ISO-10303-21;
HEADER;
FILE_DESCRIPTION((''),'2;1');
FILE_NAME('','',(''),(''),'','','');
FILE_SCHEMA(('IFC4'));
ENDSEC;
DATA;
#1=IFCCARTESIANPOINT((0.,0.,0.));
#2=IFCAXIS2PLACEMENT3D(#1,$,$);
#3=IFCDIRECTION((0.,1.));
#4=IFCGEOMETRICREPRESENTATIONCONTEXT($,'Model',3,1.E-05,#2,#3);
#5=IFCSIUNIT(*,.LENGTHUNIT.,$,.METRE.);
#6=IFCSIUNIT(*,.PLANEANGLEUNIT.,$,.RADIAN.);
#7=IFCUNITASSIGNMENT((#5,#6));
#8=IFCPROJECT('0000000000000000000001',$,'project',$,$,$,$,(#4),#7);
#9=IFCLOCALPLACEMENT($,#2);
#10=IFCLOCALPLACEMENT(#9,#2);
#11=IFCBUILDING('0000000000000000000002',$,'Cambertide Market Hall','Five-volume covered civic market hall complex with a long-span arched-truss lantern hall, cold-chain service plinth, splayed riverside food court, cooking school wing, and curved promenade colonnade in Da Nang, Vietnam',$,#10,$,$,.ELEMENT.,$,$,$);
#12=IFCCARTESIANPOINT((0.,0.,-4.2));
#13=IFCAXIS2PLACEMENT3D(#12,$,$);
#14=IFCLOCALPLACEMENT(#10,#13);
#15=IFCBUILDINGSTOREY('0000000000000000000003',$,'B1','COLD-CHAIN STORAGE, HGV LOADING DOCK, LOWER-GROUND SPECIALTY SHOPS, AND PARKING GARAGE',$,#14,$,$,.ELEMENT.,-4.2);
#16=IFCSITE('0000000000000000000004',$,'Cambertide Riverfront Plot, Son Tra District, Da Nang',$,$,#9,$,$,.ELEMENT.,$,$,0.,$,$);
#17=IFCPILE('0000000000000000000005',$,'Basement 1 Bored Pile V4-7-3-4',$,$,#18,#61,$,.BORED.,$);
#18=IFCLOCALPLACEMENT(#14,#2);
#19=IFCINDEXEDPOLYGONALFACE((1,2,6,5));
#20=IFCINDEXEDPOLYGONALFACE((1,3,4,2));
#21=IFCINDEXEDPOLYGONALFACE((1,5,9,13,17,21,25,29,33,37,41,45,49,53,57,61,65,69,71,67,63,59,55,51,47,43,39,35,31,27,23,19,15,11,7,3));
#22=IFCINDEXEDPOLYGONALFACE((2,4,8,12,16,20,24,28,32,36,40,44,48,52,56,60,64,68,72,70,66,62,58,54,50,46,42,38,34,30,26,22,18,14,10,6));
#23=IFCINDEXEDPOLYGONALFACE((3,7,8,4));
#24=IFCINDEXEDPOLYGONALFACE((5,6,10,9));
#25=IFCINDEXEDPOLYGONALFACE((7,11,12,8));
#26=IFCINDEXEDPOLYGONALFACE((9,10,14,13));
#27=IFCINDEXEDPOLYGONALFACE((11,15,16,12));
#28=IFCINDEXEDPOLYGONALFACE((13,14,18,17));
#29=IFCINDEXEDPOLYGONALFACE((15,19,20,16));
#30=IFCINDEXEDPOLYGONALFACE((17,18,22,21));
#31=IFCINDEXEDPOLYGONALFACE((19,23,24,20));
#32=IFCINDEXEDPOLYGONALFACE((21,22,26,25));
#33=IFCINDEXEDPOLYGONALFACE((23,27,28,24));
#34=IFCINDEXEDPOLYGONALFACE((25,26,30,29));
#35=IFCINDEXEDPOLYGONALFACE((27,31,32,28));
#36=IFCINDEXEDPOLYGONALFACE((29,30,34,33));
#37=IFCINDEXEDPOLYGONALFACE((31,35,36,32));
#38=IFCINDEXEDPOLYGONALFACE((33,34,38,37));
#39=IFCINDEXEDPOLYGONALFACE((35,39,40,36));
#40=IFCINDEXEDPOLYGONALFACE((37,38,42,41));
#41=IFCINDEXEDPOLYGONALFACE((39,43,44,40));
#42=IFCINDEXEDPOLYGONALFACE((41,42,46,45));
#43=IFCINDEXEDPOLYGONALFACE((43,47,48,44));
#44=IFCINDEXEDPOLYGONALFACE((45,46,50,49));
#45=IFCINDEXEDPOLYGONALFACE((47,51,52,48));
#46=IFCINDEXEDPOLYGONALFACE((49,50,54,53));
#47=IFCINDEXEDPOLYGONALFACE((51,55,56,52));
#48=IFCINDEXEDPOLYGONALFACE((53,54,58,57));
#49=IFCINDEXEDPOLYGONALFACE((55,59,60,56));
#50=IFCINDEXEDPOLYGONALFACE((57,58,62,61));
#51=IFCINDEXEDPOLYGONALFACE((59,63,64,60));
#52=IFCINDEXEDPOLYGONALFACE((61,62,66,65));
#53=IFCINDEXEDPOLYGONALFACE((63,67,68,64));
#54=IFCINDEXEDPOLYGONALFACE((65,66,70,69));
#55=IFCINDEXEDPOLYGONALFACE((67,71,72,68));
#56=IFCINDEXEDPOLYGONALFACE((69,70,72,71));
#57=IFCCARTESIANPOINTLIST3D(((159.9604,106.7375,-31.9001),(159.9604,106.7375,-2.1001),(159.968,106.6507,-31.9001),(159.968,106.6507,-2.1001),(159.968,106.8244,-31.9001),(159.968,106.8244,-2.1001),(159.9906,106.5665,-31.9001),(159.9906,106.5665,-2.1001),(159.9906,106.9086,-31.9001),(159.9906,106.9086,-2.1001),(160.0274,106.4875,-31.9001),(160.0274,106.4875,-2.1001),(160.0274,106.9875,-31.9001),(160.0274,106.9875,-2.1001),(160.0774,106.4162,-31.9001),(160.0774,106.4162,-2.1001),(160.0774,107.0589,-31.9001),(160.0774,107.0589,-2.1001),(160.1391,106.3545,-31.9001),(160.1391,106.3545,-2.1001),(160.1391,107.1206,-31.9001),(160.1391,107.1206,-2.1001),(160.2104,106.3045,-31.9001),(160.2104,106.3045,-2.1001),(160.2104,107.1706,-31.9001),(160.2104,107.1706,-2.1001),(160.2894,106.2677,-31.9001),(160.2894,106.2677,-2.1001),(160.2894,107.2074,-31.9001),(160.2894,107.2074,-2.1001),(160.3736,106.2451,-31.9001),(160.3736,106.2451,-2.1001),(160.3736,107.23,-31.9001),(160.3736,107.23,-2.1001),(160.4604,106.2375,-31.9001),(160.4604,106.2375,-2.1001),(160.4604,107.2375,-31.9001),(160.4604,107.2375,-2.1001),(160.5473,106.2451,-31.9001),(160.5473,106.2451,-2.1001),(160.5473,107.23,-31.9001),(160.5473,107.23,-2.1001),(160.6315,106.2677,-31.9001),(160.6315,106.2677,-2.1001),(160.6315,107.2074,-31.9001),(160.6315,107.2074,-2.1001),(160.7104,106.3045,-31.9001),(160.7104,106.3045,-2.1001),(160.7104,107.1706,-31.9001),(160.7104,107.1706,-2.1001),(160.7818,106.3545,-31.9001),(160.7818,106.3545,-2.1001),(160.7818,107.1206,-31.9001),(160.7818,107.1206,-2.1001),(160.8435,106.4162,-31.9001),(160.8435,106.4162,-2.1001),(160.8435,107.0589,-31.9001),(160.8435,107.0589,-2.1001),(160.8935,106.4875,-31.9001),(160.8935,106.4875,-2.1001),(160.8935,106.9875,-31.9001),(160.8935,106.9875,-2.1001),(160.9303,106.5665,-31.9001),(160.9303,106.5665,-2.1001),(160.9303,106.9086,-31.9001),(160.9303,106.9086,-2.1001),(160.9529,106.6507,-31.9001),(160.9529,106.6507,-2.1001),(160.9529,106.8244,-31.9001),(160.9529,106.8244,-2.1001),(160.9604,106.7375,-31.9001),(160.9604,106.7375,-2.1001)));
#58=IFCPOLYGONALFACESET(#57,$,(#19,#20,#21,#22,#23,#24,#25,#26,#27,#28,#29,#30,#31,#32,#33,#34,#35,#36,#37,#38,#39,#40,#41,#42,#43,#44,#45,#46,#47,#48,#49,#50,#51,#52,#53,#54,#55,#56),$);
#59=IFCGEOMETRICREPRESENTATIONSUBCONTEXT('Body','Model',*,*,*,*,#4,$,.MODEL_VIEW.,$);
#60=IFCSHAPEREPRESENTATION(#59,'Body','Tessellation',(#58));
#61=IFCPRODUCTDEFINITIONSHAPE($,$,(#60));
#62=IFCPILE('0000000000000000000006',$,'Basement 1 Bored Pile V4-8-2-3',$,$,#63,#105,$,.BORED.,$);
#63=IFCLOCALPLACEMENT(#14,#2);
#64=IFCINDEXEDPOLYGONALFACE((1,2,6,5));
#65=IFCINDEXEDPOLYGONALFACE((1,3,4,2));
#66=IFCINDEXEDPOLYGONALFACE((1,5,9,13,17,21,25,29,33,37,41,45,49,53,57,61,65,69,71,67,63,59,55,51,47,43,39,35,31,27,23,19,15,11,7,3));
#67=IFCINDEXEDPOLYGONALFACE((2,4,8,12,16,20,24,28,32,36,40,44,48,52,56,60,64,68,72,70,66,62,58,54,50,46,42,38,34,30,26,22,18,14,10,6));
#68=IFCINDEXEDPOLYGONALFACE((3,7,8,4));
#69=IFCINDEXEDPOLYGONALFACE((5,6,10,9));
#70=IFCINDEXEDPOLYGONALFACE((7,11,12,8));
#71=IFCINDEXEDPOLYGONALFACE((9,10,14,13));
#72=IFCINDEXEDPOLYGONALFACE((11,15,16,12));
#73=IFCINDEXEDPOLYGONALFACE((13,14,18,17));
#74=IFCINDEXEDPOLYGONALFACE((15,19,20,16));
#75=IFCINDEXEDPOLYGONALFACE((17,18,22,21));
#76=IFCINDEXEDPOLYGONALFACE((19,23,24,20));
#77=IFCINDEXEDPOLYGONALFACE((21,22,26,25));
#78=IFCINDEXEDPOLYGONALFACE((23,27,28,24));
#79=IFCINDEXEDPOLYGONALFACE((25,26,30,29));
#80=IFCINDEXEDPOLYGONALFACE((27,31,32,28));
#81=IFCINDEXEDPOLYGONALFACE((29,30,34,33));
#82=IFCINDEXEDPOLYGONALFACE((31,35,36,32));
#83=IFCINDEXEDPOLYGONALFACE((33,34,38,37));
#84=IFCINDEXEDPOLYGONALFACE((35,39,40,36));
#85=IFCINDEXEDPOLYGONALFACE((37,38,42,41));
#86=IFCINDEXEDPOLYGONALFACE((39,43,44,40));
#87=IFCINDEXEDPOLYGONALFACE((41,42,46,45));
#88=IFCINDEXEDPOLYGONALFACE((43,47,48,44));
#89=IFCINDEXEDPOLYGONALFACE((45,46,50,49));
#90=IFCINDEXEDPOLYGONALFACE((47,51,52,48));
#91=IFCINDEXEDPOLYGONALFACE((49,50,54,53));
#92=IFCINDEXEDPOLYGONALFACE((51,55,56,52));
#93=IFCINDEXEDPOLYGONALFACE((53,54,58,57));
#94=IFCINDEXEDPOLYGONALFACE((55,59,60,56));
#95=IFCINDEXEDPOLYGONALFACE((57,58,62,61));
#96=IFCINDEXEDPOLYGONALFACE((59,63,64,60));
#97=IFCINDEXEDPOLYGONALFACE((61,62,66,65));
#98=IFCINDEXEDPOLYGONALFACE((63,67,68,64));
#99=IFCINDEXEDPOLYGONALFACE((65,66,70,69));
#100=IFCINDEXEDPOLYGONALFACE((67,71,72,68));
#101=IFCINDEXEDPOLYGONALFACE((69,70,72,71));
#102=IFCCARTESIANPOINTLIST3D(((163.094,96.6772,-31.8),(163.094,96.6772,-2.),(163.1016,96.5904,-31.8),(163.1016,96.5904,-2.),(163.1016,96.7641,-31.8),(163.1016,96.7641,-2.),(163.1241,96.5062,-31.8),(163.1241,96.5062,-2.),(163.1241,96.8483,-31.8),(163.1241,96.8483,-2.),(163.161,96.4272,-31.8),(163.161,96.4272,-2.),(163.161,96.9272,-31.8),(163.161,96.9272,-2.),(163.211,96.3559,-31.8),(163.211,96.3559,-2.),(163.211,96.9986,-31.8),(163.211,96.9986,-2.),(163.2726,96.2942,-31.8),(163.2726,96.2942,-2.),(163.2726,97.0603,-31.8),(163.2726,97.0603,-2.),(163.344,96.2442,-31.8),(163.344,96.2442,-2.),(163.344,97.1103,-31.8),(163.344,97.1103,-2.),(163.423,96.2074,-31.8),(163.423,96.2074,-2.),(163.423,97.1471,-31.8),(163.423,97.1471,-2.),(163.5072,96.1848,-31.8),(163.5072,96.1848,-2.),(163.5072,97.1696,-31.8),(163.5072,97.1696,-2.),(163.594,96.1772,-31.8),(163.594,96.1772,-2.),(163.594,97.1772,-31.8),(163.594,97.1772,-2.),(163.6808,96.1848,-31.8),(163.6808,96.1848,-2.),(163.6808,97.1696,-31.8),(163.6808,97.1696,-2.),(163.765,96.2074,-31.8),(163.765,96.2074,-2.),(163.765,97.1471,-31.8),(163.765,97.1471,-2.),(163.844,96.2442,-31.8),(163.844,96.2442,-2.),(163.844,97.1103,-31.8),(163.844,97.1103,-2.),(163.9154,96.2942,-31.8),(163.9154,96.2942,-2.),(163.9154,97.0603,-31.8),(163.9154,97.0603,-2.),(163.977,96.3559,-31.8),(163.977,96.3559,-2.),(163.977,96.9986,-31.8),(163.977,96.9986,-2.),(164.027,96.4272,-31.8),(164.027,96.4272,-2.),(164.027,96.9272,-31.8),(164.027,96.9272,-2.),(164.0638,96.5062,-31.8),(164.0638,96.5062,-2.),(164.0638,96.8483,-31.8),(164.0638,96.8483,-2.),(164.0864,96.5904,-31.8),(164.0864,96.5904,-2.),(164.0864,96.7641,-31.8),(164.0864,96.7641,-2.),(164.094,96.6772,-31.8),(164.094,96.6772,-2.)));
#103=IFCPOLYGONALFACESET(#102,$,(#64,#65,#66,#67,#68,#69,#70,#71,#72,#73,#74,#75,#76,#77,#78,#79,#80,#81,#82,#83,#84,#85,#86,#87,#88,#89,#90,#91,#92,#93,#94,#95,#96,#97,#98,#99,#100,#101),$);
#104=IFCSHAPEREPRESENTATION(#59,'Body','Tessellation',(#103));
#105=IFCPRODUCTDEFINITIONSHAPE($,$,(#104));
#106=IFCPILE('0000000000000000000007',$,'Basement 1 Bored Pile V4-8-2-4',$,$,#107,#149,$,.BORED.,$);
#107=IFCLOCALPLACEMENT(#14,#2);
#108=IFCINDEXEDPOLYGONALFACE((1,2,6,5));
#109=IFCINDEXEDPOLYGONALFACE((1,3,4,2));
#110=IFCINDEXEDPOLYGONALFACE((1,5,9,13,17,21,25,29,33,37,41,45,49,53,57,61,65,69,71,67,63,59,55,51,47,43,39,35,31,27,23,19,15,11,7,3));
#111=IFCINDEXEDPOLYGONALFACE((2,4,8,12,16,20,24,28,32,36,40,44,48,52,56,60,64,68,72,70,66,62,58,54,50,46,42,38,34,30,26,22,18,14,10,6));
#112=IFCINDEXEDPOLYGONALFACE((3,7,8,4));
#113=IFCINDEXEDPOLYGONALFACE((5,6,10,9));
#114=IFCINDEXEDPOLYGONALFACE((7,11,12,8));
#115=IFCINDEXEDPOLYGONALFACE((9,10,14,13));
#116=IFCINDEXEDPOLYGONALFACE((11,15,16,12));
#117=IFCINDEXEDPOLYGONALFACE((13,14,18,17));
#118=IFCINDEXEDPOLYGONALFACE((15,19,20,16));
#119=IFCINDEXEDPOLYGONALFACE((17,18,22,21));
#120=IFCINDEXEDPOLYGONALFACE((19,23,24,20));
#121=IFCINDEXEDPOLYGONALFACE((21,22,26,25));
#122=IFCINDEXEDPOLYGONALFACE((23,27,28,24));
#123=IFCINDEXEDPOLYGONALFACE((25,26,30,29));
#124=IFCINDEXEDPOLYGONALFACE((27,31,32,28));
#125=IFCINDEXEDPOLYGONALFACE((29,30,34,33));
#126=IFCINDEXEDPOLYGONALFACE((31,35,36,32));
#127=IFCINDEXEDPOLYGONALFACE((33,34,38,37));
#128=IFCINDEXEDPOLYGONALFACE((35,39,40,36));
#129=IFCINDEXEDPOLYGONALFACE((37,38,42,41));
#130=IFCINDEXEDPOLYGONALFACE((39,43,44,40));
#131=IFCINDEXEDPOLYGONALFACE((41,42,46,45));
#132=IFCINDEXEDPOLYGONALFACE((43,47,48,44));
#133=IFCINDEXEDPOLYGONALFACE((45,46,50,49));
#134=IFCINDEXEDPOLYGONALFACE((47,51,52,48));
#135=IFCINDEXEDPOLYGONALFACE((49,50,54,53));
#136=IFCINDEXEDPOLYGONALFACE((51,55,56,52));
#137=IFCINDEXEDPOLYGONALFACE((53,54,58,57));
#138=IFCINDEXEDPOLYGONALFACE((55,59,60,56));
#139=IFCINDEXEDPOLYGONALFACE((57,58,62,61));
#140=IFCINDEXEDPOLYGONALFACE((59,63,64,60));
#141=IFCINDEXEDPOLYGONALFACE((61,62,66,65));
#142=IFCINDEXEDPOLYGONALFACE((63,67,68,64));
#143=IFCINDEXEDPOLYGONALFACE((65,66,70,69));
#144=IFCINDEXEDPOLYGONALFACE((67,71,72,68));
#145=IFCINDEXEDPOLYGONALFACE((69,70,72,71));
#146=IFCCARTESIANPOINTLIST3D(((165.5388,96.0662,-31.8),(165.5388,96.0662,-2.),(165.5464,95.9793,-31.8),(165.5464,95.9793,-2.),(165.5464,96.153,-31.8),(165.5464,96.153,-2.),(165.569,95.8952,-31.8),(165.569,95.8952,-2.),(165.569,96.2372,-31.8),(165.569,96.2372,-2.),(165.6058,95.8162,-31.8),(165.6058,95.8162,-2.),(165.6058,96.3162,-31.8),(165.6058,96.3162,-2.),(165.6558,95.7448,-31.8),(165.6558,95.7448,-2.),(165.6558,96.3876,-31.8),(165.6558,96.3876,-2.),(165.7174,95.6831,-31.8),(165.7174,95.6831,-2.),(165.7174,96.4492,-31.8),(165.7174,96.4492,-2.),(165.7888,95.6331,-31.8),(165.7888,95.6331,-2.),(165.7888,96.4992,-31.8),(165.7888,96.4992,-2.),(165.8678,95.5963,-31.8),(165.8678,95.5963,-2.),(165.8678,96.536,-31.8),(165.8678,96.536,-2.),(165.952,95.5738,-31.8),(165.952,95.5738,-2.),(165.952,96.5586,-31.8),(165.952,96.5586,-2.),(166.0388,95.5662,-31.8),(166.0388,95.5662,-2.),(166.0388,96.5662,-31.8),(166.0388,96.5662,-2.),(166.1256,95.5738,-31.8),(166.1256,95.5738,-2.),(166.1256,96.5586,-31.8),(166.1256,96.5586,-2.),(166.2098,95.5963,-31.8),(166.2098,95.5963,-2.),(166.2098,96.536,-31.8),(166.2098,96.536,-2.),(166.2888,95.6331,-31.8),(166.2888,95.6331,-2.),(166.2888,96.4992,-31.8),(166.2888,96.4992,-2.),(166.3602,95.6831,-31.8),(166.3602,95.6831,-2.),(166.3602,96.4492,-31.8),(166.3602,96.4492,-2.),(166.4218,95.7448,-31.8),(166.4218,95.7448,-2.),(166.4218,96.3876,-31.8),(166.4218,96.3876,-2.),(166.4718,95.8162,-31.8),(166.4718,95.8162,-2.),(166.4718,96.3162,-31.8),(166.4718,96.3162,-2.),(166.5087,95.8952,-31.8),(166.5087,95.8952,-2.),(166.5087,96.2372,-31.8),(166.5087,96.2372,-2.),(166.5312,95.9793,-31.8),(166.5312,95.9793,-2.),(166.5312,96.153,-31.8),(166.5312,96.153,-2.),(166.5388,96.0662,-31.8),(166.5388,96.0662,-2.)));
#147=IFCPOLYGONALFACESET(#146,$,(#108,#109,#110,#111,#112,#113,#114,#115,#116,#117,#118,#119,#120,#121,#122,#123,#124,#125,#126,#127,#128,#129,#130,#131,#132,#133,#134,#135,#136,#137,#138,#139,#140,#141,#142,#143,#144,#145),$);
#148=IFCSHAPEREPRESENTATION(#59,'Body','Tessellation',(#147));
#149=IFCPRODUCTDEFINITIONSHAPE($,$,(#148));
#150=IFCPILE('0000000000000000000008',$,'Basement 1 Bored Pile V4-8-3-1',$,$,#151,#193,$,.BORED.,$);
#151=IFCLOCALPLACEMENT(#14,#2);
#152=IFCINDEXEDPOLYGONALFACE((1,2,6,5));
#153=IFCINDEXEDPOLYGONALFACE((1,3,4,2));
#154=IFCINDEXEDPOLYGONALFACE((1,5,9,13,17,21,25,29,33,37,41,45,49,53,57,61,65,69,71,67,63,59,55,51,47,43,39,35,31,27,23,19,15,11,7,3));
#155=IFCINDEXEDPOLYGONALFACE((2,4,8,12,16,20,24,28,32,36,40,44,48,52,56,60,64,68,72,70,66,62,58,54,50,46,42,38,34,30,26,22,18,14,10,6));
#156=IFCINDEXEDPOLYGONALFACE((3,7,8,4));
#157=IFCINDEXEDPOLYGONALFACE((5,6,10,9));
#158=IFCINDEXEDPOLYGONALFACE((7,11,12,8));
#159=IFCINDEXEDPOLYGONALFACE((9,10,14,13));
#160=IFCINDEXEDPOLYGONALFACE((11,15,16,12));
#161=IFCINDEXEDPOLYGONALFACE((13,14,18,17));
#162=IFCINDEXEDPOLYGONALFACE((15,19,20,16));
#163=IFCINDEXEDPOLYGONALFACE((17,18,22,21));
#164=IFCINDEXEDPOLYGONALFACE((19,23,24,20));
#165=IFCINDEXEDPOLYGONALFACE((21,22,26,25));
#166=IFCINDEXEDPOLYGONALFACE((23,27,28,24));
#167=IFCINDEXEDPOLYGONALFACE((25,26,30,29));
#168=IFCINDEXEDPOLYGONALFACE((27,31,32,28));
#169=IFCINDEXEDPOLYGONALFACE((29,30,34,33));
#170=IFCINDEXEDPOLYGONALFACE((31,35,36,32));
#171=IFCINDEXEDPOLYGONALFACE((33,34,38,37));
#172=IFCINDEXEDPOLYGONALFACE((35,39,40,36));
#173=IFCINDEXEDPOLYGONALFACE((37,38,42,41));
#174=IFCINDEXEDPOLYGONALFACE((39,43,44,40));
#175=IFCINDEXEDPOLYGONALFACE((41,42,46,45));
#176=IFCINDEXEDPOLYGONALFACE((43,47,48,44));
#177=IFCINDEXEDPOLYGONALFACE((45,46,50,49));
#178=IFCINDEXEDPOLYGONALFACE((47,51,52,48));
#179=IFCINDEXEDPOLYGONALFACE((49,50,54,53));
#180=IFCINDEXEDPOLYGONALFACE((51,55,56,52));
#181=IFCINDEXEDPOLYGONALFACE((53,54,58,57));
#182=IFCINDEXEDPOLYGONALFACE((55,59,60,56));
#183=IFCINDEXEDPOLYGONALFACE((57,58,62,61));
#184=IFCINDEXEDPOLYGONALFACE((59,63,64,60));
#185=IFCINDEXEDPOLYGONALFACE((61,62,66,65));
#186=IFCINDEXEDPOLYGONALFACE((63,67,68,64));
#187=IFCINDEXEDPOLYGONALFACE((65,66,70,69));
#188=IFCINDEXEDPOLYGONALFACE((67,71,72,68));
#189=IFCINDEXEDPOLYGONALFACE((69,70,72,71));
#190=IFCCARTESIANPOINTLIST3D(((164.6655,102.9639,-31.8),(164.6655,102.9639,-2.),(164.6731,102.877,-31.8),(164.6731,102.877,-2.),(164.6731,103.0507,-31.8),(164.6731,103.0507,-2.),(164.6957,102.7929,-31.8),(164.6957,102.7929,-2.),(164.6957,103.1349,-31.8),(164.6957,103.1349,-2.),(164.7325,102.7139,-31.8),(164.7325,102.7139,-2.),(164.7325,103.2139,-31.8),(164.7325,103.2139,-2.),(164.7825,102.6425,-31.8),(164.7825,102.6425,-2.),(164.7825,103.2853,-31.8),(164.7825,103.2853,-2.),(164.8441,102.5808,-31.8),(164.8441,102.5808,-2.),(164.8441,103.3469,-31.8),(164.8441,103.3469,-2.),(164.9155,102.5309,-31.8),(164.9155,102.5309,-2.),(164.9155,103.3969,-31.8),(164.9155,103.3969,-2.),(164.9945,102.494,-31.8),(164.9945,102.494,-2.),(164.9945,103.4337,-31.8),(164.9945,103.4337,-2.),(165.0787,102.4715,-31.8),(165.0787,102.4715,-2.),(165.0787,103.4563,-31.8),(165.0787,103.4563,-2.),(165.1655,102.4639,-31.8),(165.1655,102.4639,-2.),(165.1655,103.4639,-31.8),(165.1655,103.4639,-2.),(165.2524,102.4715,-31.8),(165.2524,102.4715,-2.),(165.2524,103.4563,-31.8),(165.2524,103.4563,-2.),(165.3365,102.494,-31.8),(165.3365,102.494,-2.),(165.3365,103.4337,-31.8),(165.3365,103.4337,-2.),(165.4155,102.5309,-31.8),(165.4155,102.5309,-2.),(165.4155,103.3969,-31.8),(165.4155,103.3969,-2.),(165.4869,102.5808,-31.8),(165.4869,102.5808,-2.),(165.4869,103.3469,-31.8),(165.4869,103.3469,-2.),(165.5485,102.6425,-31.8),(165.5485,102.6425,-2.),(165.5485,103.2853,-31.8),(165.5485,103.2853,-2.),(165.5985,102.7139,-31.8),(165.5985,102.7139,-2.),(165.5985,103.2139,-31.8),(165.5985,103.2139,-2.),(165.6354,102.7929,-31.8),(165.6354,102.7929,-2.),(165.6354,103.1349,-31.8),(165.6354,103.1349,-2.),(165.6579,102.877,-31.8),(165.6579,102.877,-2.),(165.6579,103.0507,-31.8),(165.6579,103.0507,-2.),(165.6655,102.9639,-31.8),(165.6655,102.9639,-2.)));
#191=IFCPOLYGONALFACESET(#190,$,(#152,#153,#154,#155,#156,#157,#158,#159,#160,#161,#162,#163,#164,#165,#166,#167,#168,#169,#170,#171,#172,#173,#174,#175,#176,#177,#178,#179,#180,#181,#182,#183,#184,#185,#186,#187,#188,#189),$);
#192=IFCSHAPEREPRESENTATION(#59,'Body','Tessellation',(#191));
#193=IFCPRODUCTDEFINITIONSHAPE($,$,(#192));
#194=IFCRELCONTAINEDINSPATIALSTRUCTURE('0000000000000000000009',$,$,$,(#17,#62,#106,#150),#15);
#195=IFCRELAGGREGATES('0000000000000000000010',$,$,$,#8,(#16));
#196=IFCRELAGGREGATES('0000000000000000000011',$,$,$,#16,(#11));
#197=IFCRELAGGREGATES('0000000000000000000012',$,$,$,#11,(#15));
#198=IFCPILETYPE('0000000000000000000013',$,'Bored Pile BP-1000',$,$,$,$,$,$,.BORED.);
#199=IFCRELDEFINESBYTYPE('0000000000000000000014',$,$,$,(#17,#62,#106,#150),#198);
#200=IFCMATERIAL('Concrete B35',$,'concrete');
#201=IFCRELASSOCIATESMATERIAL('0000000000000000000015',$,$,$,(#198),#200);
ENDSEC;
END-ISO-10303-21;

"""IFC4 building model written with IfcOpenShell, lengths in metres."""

from ifc_helpers import new_model, si_unit, direction, frame, origin, origin_2d, place, context, subcontext, project, spatial, circle, extrude, material, material_profile, profile_set, type_object, element, save


model = new_model("IFC4")

# Units and contexts
model_context = context("Model", 3, precision=1e-05, world=origin(), true_north=direction((0.0, 1.0)))
body_context = subcontext(model_context, "Body", "Model", "MODEL_VIEW")
ifc_project = project(units=[si_unit("LENGTHUNIT", "METRE"), si_unit("PLANEANGLEUNIT", "RADIAN")], contexts=[model_context])

# Site, building, storey
site_placement = place(None, origin())
site = spatial("IfcSite", under=ifc_project, at=site_placement, Name="Cambertide Riverfront Plot, Son Tra District, Da Nang", CompositionType="ELEMENT", RefElevation=0.0)
building_placement = place(site_placement, origin())
building = spatial("IfcBuilding", under=site, at=building_placement, Name="Cambertide Market Hall", Description="Five-volume covered civic market hall complex with a long-span arched-truss lantern hall, cold-chain service plinth, splayed riverside food court, cooking school wing, and curved promenade colonnade in Da Nang, Vietnam", CompositionType="ELEMENT")
storey_placement = place(building_placement, frame((0.0, 0.0, -4.2)))
storey = spatial("IfcBuildingStorey", under=building, at=storey_placement, Name="B1", Description="COLD-CHAIN STORAGE, HGV LOADING DOCK, LOWER-GROUND SPECIALTY SHOPS, AND PARKING GARAGE", CompositionType="ELEMENT", Elevation=-4.2)

# Piles
ifc_material_1 = material(Name="Concrete B35", Category="concrete")
ifc_material_profile_1 = material_profile(ifc_material_1, circle(Radius=0.5, at=origin_2d()), Name="BP D1000")
ifc_profile_set_1 = profile_set([ifc_material_profile_1], Name="Concrete B35")
pile_type_1 = type_object("IfcPileType", Name="Bored Pile BP-1000", PredefinedType="BORED", material=ifc_profile_set_1)
for number, where, z_axis, x_axis, name in (
    (1, (160.4604, 106.7375, -2.1001), (0.0, 0.0, -1.0), (1.0, 0.0, 0.0), "Basement 1 Bored Pile V4-7-3-4"),
    (2, (163.594, 96.6772, -2.0), (0.0, 0.0, -1.0), (1.0, 0.0, 0.0), "Basement 1 Bored Pile V4-8-2-3"),
    (3, (166.0388, 96.0662, -2.0), (0.0, 0.0, -1.0), (1.0, 0.0, 0.0), "Basement 1 Bored Pile V4-8-2-4"),
    (4, (165.1655, 102.9639, -2.0), (0.0, 0.0, -1.0), (1.0, 0.0, 0.0), "Basement 1 Bored Pile V4-8-3-1"),
):
    element("IfcPile", number, at=place(storey_placement, frame(where, z_axis=z_axis, x_axis=x_axis)), inside=storey, type_object=pile_type_1, Name=name, PredefinedType="BORED", context=body_context, shape_type="SweptSolid", body=[
        extrude(circle(Radius=0.5, at=origin_2d()), origin(), (0.0, 0.0, 1.0), 29.8),
    ])

save(model, "model.ifc")
